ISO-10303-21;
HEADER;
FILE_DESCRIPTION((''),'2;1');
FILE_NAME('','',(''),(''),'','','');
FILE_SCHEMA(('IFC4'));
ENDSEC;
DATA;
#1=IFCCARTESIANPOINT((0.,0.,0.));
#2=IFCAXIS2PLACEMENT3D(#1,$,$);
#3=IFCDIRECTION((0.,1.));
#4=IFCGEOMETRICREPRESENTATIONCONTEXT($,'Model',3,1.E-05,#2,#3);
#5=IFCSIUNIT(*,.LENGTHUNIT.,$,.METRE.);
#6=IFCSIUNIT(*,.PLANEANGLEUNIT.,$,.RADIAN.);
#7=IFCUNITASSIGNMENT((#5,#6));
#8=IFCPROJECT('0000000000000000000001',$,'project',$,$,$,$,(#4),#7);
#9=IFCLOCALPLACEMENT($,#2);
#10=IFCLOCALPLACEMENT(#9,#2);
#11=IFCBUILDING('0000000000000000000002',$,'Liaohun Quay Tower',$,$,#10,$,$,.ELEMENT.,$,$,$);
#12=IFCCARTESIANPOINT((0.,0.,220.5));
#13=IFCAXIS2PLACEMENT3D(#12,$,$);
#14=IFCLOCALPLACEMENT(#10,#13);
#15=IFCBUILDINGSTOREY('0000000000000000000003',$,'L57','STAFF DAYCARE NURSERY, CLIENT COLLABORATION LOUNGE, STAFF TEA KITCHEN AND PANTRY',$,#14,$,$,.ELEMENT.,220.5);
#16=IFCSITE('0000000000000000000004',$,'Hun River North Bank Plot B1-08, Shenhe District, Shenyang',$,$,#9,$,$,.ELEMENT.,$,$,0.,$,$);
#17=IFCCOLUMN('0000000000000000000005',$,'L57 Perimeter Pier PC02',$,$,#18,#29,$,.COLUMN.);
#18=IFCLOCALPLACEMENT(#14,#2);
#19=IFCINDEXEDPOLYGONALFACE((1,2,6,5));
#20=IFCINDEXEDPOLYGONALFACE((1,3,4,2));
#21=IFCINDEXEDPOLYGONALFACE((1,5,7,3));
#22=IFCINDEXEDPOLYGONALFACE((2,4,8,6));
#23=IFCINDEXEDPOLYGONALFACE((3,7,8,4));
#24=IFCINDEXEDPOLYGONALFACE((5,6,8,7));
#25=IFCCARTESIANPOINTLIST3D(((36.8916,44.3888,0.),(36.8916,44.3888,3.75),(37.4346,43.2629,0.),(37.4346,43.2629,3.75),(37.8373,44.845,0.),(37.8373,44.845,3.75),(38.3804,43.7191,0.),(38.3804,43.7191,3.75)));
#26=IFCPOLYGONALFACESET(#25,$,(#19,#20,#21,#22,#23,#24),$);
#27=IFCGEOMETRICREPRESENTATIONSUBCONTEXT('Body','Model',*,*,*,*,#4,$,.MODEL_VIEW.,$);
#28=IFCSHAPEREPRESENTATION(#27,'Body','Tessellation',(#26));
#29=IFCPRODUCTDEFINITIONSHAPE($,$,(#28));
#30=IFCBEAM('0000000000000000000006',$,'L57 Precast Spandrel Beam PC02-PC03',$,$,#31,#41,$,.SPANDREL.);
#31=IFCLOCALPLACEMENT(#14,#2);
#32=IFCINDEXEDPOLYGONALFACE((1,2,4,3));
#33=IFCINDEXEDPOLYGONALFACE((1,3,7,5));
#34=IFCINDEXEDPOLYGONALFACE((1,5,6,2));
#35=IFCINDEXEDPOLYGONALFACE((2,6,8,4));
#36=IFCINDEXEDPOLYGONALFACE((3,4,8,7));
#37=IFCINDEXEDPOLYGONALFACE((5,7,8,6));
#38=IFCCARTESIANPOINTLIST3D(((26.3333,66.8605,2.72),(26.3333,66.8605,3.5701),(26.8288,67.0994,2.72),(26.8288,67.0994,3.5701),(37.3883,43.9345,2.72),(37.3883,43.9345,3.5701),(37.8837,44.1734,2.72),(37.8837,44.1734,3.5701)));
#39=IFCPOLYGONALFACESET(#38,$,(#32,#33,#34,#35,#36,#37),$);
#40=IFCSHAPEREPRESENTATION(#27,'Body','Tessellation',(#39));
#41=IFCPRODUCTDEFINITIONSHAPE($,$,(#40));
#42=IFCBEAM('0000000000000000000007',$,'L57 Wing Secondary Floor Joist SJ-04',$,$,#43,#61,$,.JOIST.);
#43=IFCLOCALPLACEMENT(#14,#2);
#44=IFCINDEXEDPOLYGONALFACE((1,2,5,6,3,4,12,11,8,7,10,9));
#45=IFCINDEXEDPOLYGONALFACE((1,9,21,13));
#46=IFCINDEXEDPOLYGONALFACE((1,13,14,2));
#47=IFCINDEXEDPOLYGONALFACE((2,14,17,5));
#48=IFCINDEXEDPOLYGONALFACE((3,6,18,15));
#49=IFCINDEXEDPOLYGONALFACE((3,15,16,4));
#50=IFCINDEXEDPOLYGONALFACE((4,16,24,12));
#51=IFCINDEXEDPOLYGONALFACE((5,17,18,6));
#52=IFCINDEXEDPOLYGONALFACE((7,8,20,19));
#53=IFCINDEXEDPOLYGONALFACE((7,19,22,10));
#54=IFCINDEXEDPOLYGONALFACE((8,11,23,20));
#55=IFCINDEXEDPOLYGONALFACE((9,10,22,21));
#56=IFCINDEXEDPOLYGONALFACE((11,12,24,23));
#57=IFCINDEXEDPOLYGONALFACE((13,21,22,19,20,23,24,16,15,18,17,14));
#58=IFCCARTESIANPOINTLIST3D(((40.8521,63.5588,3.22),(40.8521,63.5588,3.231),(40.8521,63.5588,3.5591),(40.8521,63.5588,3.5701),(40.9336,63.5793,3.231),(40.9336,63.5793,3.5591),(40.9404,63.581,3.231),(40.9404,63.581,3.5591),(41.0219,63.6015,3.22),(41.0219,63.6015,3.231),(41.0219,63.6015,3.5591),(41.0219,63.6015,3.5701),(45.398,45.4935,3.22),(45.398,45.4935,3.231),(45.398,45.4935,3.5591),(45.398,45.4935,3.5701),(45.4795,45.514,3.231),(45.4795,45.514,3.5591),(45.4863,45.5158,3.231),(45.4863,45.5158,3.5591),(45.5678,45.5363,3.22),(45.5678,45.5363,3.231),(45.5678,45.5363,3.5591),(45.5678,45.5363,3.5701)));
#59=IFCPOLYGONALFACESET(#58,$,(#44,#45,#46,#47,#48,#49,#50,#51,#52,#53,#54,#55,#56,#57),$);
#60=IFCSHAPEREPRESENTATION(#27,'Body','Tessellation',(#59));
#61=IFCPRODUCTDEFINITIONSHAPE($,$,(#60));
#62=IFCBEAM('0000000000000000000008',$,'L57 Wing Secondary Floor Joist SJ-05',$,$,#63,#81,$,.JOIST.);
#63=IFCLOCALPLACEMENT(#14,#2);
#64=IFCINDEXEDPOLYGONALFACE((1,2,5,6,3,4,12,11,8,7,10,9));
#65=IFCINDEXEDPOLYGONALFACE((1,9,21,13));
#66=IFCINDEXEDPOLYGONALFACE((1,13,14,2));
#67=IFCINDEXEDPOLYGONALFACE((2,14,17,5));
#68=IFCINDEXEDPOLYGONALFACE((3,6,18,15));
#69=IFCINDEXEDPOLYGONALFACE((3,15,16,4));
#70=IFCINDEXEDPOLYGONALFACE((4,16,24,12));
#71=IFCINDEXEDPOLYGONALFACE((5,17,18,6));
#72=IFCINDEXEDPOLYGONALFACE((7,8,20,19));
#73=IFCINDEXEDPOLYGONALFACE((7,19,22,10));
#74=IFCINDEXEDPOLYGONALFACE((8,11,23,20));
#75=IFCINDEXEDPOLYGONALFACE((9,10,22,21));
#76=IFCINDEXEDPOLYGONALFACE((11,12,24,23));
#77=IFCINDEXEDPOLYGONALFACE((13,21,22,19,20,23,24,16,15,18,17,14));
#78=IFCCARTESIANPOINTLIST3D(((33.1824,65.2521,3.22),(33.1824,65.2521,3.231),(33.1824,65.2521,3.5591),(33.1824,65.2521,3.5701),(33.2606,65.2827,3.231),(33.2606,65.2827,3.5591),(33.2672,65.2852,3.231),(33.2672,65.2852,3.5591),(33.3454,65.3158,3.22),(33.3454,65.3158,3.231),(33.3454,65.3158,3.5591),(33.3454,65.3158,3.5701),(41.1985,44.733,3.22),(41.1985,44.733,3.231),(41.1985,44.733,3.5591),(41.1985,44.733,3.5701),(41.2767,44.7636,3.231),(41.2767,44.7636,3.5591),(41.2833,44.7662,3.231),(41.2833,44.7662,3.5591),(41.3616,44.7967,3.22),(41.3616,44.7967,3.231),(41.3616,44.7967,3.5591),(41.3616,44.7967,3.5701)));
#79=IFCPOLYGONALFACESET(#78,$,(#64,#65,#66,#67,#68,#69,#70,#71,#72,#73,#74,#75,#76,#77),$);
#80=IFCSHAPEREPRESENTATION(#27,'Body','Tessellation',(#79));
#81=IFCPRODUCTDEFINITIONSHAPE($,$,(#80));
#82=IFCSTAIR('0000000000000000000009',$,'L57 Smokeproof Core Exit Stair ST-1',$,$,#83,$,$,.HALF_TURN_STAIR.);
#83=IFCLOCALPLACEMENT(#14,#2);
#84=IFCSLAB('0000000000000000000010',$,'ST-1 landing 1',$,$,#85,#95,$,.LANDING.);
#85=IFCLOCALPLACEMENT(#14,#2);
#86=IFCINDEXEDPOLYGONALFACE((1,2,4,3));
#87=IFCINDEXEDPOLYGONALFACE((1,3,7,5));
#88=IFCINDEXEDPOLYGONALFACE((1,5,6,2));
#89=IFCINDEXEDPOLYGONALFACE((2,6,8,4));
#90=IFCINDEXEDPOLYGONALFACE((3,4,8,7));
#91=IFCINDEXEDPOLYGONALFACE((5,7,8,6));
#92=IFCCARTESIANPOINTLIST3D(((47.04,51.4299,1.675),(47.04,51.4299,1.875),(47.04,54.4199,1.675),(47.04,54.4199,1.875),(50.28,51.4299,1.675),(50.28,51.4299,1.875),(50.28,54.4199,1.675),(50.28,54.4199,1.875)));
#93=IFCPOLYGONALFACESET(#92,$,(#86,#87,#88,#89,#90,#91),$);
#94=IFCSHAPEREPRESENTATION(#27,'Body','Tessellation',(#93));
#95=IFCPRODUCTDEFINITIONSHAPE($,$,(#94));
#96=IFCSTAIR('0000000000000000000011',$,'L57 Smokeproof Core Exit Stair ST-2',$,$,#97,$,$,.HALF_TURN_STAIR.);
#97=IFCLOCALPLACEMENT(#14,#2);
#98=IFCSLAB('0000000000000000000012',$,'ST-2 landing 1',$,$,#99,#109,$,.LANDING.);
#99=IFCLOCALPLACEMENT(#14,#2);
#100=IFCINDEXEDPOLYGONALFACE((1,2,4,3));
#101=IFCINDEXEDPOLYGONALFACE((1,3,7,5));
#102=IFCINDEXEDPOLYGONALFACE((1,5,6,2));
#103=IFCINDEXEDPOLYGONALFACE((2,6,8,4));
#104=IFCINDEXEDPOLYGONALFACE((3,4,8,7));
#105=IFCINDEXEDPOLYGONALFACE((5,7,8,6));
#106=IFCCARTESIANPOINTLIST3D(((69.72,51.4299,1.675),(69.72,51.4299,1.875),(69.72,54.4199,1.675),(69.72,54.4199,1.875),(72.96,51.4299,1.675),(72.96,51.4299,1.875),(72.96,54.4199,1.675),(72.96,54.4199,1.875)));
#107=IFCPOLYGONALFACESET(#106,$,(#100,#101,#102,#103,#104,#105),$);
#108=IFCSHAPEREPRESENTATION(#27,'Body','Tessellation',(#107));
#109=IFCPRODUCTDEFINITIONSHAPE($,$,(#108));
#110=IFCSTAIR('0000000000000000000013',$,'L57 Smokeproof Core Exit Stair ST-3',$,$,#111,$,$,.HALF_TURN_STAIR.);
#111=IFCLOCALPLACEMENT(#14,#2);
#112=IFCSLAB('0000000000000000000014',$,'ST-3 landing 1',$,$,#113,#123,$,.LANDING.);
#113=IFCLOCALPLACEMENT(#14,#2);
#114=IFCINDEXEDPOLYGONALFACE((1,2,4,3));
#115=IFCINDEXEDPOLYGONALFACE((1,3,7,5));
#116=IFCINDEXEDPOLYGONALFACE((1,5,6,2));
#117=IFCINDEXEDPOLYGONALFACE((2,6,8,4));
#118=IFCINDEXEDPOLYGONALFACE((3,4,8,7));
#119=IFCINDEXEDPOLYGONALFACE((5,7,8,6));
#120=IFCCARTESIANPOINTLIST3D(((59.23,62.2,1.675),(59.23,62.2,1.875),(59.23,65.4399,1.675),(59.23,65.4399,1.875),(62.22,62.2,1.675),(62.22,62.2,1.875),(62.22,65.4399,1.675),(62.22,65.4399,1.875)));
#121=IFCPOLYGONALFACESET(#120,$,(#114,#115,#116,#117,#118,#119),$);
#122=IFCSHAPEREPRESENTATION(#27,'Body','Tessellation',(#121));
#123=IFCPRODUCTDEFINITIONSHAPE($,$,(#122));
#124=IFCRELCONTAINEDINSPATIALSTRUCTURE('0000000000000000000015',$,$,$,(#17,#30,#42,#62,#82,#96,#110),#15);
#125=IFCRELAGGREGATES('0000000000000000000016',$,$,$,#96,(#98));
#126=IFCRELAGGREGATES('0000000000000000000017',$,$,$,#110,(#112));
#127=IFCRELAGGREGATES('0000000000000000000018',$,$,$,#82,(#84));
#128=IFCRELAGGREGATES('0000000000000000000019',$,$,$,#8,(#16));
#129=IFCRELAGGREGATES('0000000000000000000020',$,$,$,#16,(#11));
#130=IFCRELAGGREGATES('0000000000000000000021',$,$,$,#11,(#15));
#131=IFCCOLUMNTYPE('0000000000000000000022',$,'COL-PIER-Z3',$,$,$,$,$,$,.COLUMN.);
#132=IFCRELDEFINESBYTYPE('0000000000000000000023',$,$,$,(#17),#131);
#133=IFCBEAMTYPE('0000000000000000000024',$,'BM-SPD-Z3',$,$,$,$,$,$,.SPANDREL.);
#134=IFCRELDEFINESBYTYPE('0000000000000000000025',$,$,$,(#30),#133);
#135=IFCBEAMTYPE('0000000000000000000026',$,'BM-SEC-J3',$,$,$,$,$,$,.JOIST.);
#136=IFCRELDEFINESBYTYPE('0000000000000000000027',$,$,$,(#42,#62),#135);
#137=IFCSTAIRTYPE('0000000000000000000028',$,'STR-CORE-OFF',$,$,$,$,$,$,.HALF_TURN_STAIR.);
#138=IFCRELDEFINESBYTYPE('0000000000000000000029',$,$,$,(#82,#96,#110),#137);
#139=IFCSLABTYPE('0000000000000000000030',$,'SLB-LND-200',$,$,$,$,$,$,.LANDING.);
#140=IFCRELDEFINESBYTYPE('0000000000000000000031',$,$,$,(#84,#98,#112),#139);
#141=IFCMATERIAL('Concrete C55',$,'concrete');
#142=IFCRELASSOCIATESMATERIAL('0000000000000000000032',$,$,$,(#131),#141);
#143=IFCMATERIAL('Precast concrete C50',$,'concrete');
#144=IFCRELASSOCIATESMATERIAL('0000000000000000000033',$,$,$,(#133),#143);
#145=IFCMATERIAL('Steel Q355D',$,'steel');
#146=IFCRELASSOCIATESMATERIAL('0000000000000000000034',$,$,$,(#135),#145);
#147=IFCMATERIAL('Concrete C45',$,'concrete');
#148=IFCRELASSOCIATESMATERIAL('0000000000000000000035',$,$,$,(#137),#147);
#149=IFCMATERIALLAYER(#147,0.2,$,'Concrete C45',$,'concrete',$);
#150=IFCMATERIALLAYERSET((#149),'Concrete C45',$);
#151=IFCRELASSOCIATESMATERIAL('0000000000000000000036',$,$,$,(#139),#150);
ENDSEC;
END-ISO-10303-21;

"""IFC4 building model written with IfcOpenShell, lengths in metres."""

from ifc_helpers import new_model, si_unit, direction, frame, origin, origin_2d, place, context, subcontext, project, spatial, polyline, rectangle, i_section, outline, extrude, source, transform, mapped, material, layer, layer_set, material_profile, profile_set, type_object, element, aggregate, save


model = new_model("IFC4")

# Units and contexts
model_context = context("Model", 3, precision=1e-05, world=origin(), true_north=direction((0.0, 1.0)))
body_context = subcontext(model_context, "Body", "Model", "MODEL_VIEW")
ifc_project = project(units=[si_unit("LENGTHUNIT", "METRE"), si_unit("PLANEANGLEUNIT", "RADIAN")], contexts=[model_context])

# Site, building, storey
site_placement = place(None, origin())
site = spatial("IfcSite", under=ifc_project, at=site_placement, Name="Hun River North Bank Plot B1-08, Shenhe District, Shenyang", CompositionType="ELEMENT", RefElevation=0.0)
building_placement = place(site_placement, origin())
building = spatial("IfcBuilding", under=site, at=building_placement, Name="Liaohun Quay Tower", CompositionType="ELEMENT")
storey_placement = place(building_placement, frame((0.0, 0.0, 220.5)))
storey = spatial("IfcBuildingStorey", under=building, at=storey_placement, Name="L57", Description="STAFF DAYCARE NURSERY, CLIENT COLLABORATION LOUNGE, STAFF TEA KITCHEN AND PANTRY", CompositionType="ELEMENT", Elevation=220.5)

# Column
ifc_material_1 = material(Name="Concrete C55", Category="concrete")
ifc_material_profile_1 = material_profile(ifc_material_1, rectangle(XDim=1.25, YDim=1.05, at=origin_2d()), Name="RC1250x1050")
ifc_profile_set_1 = profile_set([ifc_material_profile_1], Name="Concrete C55")
column_type = type_object("IfcColumnType", Name="COL-PIER-Z3", PredefinedType="COLUMN", material=ifc_profile_set_1)
shared_shape_1 = source(origin(), body_context, "Body", "SweptSolid", [
    extrude(rectangle(XDim=1.25, YDim=1.05, at=origin_2d()), origin(), (0.0, 0.0, 1.0), 3.75),
])
column_placement = place(storey_placement, frame((37.636, 44.054, 0.0), z_axis=(0.0, 0.0, 1.0), x_axis=(-0.434445, 0.900698, 0.0)))
element("IfcColumn", 1, at=column_placement, inside=storey, type_object=column_type, Name="L57 Perimeter Pier PC02", PredefinedType="COLUMN", context=body_context, shape_type="MappedRepresentation", body=[
    mapped(shared_shape_1, transform((0.0, 0.0, 0.0), x_axis=(1.0, 0.0, 0.0), y_axis=(0.0, 1.0, 0.0), z_axis=(0.0, 0.0, 1.0), scale=1.0)),
])

# Beams
ifc_material_2 = material(Name="Precast concrete C50", Category="concrete")
ifc_material_profile_2 = material_profile(ifc_material_2, rectangle(XDim=0.55, YDim=0.8501, at=origin_2d()), Name="RC550x850")
ifc_profile_set_2 = profile_set([ifc_material_profile_2], Name="Precast concrete C50")
beam_type_1 = type_object("IfcBeamType", Name="BM-SPD-Z3", PredefinedType="SPANDREL", material=ifc_profile_set_2)
shared_shape_2 = source(origin(), body_context, "Body", "SweptSolid", [
    extrude(rectangle(XDim=0.55, YDim=0.8501, at=origin_2d()), origin(), (0.0, 0.0, 1.0), 25.4521),
])
beam_1_placement = place(storey_placement, frame((37.636, 44.054, 3.145), z_axis=(-0.434341, 0.900749, 0.0), x_axis=(-0.900749, -0.434341, 0.0)))
element("IfcBeam", 2, at=beam_1_placement, inside=storey, type_object=beam_type_1, Name="L57 Precast Spandrel Beam PC02-PC03", PredefinedType="SPANDREL", context=body_context, shape_type="MappedRepresentation", body=[
    mapped(shared_shape_2, transform((0.0, 0.0, 0.0), x_axis=(1.0, 0.0, 0.0), y_axis=(0.0, 1.0, 0.0), z_axis=(0.0, 0.0, 1.0), scale=1.0)),
])
ifc_material_3 = material(Name="Steel Q355D", Category="steel")
ifc_material_profile_3 = material_profile(ifc_material_3, i_section(OverallWidth=0.175, OverallDepth=0.3501, WebThickness=0.0071, FlangeThickness=0.011, at=origin_2d()), Name="HN350x175x7x11")
ifc_profile_set_3 = profile_set([ifc_material_profile_3], Name="Steel Q355D")
beam_type_2 = type_object("IfcBeamType", Name="BM-SEC-J3", PredefinedType="JOIST", material=ifc_profile_set_3)
shared_shape_3 = source(origin(), body_context, "Body", "SweptSolid", [
    extrude(i_section(OverallWidth=0.175, OverallDepth=0.3501, WebThickness=0.0071, FlangeThickness=0.011, at=origin_2d()), origin(), (0.0, 0.0, 1.0), 18.6284),
])
beam_2_placement = place(storey_placement, frame((45.4829, 45.5149, 3.395), z_axis=(-0.244031, 0.969767, 0.0), x_axis=(-0.969767, -0.244031, 0.0)))
element("IfcBeam", 3, at=beam_2_placement, inside=storey, type_object=beam_type_2, Name="L57 Wing Secondary Floor Joist SJ-04", PredefinedType="JOIST", context=body_context, shape_type="MappedRepresentation", body=[
    mapped(shared_shape_3, transform((0.0, 0.0, 0.0), x_axis=(1.0, 0.0, 0.0), y_axis=(0.0, 1.0, 0.0), z_axis=(0.0, 0.0, 1.0), scale=1.0)),
])
shared_shape_4 = source(origin(), body_context, "Body", "SweptSolid", [
    extrude(i_section(OverallWidth=0.175, OverallDepth=0.3501, WebThickness=0.0071, FlangeThickness=0.011, at=origin_2d()), origin(), (0.0, 0.0, 1.0), 22.0293),
])
beam_3_placement = place(storey_placement, frame((41.28, 44.7649, 3.395), z_axis=(-0.363884, 0.931444, 0.0), x_axis=(-0.931444, -0.363884, 0.0)))
element("IfcBeam", 4, at=beam_3_placement, inside=storey, type_object=beam_type_2, Name="L57 Wing Secondary Floor Joist SJ-05", PredefinedType="JOIST", context=body_context, shape_type="MappedRepresentation", body=[
    mapped(shared_shape_4, transform((0.0, 0.0, 0.0), x_axis=(1.0, 0.0, 0.0), y_axis=(0.0, 1.0, 0.0), z_axis=(0.0, 0.0, 1.0), scale=1.0)),
])

# Stairs, slabs
ifc_material_4 = material(Name="Concrete C45", Category="concrete")
stair_type = type_object("IfcStairType", Name="STR-CORE-OFF", PredefinedType="HALF_TURN_STAIR", material=ifc_material_4)
stair_1_placement = place(storey_placement, origin())
stair_1 = element("IfcStair", 5, at=stair_1_placement, inside=storey, type_object=stair_type, Name="L57 Smokeproof Core Exit Stair ST-1", PredefinedType="HALF_TURN_STAIR")
ifc_layer_1 = layer(ifc_material_4, 0.2, Name="Concrete C45", Category="concrete")
ifc_layer_set_1 = layer_set([ifc_layer_1], Name="Concrete C45")
slab_type_1 = type_object("IfcSlabType", Name="SLB-LND-200", PredefinedType="LANDING", material=ifc_layer_set_1)
slab_1_placement = place(storey_placement, frame((0.0, 0.0, 1.675)))
slab_1 = element("IfcSlab", 6, at=slab_1_placement, type_object=slab_type_1, Name="ST-1 landing 1", PredefinedType="LANDING", context=body_context, shape_type="SweptSolid", body=[
    extrude(outline(polyline([(50.28, 51.4299), (50.28, 54.4199), (47.04, 54.4199), (47.04, 51.4299), (50.28, 51.4299)])), origin(), (0.0, 0.0, 1.0), 0.2),
])
stair_2_placement = place(storey_placement, origin())
stair_2 = element("IfcStair", 7, at=stair_2_placement, inside=storey, type_object=stair_type, Name="L57 Smokeproof Core Exit Stair ST-2", PredefinedType="HALF_TURN_STAIR")
slab_2_placement = place(storey_placement, frame((0.0, 0.0, 1.675)))
slab_2 = element("IfcSlab", 8, at=slab_2_placement, type_object=slab_type_1, Name="ST-2 landing 1", PredefinedType="LANDING", context=body_context, shape_type="SweptSolid", body=[
    extrude(outline(polyline([(72.96, 51.4299), (72.96, 54.4199), (69.72, 54.4199), (69.72, 51.4299), (72.96, 51.4299)])), origin(), (0.0, 0.0, 1.0), 0.2),
])
aggregate(stair_2, [slab_2])
stair_3_placement = place(storey_placement, origin())
stair_3 = element("IfcStair", 9, at=stair_3_placement, inside=storey, type_object=stair_type, Name="L57 Smokeproof Core Exit Stair ST-3", PredefinedType="HALF_TURN_STAIR")
slab_3_placement = place(storey_placement, frame((0.0, 0.0, 1.675)))
slab_3 = element("IfcSlab", 10, at=slab_3_placement, type_object=slab_type_1, Name="ST-3 landing 1", PredefinedType="LANDING", context=body_context, shape_type="SweptSolid", body=[
    extrude(outline(polyline([(59.23, 62.2), (62.22, 62.2), (62.22, 65.4399), (59.23, 65.4399), (59.23, 62.2)])), origin(), (0.0, 0.0, 1.0), 0.2),
])
aggregate(stair_3, [slab_3])

aggregate(stair_1, [slab_1])

save(model, "model.ifc")
